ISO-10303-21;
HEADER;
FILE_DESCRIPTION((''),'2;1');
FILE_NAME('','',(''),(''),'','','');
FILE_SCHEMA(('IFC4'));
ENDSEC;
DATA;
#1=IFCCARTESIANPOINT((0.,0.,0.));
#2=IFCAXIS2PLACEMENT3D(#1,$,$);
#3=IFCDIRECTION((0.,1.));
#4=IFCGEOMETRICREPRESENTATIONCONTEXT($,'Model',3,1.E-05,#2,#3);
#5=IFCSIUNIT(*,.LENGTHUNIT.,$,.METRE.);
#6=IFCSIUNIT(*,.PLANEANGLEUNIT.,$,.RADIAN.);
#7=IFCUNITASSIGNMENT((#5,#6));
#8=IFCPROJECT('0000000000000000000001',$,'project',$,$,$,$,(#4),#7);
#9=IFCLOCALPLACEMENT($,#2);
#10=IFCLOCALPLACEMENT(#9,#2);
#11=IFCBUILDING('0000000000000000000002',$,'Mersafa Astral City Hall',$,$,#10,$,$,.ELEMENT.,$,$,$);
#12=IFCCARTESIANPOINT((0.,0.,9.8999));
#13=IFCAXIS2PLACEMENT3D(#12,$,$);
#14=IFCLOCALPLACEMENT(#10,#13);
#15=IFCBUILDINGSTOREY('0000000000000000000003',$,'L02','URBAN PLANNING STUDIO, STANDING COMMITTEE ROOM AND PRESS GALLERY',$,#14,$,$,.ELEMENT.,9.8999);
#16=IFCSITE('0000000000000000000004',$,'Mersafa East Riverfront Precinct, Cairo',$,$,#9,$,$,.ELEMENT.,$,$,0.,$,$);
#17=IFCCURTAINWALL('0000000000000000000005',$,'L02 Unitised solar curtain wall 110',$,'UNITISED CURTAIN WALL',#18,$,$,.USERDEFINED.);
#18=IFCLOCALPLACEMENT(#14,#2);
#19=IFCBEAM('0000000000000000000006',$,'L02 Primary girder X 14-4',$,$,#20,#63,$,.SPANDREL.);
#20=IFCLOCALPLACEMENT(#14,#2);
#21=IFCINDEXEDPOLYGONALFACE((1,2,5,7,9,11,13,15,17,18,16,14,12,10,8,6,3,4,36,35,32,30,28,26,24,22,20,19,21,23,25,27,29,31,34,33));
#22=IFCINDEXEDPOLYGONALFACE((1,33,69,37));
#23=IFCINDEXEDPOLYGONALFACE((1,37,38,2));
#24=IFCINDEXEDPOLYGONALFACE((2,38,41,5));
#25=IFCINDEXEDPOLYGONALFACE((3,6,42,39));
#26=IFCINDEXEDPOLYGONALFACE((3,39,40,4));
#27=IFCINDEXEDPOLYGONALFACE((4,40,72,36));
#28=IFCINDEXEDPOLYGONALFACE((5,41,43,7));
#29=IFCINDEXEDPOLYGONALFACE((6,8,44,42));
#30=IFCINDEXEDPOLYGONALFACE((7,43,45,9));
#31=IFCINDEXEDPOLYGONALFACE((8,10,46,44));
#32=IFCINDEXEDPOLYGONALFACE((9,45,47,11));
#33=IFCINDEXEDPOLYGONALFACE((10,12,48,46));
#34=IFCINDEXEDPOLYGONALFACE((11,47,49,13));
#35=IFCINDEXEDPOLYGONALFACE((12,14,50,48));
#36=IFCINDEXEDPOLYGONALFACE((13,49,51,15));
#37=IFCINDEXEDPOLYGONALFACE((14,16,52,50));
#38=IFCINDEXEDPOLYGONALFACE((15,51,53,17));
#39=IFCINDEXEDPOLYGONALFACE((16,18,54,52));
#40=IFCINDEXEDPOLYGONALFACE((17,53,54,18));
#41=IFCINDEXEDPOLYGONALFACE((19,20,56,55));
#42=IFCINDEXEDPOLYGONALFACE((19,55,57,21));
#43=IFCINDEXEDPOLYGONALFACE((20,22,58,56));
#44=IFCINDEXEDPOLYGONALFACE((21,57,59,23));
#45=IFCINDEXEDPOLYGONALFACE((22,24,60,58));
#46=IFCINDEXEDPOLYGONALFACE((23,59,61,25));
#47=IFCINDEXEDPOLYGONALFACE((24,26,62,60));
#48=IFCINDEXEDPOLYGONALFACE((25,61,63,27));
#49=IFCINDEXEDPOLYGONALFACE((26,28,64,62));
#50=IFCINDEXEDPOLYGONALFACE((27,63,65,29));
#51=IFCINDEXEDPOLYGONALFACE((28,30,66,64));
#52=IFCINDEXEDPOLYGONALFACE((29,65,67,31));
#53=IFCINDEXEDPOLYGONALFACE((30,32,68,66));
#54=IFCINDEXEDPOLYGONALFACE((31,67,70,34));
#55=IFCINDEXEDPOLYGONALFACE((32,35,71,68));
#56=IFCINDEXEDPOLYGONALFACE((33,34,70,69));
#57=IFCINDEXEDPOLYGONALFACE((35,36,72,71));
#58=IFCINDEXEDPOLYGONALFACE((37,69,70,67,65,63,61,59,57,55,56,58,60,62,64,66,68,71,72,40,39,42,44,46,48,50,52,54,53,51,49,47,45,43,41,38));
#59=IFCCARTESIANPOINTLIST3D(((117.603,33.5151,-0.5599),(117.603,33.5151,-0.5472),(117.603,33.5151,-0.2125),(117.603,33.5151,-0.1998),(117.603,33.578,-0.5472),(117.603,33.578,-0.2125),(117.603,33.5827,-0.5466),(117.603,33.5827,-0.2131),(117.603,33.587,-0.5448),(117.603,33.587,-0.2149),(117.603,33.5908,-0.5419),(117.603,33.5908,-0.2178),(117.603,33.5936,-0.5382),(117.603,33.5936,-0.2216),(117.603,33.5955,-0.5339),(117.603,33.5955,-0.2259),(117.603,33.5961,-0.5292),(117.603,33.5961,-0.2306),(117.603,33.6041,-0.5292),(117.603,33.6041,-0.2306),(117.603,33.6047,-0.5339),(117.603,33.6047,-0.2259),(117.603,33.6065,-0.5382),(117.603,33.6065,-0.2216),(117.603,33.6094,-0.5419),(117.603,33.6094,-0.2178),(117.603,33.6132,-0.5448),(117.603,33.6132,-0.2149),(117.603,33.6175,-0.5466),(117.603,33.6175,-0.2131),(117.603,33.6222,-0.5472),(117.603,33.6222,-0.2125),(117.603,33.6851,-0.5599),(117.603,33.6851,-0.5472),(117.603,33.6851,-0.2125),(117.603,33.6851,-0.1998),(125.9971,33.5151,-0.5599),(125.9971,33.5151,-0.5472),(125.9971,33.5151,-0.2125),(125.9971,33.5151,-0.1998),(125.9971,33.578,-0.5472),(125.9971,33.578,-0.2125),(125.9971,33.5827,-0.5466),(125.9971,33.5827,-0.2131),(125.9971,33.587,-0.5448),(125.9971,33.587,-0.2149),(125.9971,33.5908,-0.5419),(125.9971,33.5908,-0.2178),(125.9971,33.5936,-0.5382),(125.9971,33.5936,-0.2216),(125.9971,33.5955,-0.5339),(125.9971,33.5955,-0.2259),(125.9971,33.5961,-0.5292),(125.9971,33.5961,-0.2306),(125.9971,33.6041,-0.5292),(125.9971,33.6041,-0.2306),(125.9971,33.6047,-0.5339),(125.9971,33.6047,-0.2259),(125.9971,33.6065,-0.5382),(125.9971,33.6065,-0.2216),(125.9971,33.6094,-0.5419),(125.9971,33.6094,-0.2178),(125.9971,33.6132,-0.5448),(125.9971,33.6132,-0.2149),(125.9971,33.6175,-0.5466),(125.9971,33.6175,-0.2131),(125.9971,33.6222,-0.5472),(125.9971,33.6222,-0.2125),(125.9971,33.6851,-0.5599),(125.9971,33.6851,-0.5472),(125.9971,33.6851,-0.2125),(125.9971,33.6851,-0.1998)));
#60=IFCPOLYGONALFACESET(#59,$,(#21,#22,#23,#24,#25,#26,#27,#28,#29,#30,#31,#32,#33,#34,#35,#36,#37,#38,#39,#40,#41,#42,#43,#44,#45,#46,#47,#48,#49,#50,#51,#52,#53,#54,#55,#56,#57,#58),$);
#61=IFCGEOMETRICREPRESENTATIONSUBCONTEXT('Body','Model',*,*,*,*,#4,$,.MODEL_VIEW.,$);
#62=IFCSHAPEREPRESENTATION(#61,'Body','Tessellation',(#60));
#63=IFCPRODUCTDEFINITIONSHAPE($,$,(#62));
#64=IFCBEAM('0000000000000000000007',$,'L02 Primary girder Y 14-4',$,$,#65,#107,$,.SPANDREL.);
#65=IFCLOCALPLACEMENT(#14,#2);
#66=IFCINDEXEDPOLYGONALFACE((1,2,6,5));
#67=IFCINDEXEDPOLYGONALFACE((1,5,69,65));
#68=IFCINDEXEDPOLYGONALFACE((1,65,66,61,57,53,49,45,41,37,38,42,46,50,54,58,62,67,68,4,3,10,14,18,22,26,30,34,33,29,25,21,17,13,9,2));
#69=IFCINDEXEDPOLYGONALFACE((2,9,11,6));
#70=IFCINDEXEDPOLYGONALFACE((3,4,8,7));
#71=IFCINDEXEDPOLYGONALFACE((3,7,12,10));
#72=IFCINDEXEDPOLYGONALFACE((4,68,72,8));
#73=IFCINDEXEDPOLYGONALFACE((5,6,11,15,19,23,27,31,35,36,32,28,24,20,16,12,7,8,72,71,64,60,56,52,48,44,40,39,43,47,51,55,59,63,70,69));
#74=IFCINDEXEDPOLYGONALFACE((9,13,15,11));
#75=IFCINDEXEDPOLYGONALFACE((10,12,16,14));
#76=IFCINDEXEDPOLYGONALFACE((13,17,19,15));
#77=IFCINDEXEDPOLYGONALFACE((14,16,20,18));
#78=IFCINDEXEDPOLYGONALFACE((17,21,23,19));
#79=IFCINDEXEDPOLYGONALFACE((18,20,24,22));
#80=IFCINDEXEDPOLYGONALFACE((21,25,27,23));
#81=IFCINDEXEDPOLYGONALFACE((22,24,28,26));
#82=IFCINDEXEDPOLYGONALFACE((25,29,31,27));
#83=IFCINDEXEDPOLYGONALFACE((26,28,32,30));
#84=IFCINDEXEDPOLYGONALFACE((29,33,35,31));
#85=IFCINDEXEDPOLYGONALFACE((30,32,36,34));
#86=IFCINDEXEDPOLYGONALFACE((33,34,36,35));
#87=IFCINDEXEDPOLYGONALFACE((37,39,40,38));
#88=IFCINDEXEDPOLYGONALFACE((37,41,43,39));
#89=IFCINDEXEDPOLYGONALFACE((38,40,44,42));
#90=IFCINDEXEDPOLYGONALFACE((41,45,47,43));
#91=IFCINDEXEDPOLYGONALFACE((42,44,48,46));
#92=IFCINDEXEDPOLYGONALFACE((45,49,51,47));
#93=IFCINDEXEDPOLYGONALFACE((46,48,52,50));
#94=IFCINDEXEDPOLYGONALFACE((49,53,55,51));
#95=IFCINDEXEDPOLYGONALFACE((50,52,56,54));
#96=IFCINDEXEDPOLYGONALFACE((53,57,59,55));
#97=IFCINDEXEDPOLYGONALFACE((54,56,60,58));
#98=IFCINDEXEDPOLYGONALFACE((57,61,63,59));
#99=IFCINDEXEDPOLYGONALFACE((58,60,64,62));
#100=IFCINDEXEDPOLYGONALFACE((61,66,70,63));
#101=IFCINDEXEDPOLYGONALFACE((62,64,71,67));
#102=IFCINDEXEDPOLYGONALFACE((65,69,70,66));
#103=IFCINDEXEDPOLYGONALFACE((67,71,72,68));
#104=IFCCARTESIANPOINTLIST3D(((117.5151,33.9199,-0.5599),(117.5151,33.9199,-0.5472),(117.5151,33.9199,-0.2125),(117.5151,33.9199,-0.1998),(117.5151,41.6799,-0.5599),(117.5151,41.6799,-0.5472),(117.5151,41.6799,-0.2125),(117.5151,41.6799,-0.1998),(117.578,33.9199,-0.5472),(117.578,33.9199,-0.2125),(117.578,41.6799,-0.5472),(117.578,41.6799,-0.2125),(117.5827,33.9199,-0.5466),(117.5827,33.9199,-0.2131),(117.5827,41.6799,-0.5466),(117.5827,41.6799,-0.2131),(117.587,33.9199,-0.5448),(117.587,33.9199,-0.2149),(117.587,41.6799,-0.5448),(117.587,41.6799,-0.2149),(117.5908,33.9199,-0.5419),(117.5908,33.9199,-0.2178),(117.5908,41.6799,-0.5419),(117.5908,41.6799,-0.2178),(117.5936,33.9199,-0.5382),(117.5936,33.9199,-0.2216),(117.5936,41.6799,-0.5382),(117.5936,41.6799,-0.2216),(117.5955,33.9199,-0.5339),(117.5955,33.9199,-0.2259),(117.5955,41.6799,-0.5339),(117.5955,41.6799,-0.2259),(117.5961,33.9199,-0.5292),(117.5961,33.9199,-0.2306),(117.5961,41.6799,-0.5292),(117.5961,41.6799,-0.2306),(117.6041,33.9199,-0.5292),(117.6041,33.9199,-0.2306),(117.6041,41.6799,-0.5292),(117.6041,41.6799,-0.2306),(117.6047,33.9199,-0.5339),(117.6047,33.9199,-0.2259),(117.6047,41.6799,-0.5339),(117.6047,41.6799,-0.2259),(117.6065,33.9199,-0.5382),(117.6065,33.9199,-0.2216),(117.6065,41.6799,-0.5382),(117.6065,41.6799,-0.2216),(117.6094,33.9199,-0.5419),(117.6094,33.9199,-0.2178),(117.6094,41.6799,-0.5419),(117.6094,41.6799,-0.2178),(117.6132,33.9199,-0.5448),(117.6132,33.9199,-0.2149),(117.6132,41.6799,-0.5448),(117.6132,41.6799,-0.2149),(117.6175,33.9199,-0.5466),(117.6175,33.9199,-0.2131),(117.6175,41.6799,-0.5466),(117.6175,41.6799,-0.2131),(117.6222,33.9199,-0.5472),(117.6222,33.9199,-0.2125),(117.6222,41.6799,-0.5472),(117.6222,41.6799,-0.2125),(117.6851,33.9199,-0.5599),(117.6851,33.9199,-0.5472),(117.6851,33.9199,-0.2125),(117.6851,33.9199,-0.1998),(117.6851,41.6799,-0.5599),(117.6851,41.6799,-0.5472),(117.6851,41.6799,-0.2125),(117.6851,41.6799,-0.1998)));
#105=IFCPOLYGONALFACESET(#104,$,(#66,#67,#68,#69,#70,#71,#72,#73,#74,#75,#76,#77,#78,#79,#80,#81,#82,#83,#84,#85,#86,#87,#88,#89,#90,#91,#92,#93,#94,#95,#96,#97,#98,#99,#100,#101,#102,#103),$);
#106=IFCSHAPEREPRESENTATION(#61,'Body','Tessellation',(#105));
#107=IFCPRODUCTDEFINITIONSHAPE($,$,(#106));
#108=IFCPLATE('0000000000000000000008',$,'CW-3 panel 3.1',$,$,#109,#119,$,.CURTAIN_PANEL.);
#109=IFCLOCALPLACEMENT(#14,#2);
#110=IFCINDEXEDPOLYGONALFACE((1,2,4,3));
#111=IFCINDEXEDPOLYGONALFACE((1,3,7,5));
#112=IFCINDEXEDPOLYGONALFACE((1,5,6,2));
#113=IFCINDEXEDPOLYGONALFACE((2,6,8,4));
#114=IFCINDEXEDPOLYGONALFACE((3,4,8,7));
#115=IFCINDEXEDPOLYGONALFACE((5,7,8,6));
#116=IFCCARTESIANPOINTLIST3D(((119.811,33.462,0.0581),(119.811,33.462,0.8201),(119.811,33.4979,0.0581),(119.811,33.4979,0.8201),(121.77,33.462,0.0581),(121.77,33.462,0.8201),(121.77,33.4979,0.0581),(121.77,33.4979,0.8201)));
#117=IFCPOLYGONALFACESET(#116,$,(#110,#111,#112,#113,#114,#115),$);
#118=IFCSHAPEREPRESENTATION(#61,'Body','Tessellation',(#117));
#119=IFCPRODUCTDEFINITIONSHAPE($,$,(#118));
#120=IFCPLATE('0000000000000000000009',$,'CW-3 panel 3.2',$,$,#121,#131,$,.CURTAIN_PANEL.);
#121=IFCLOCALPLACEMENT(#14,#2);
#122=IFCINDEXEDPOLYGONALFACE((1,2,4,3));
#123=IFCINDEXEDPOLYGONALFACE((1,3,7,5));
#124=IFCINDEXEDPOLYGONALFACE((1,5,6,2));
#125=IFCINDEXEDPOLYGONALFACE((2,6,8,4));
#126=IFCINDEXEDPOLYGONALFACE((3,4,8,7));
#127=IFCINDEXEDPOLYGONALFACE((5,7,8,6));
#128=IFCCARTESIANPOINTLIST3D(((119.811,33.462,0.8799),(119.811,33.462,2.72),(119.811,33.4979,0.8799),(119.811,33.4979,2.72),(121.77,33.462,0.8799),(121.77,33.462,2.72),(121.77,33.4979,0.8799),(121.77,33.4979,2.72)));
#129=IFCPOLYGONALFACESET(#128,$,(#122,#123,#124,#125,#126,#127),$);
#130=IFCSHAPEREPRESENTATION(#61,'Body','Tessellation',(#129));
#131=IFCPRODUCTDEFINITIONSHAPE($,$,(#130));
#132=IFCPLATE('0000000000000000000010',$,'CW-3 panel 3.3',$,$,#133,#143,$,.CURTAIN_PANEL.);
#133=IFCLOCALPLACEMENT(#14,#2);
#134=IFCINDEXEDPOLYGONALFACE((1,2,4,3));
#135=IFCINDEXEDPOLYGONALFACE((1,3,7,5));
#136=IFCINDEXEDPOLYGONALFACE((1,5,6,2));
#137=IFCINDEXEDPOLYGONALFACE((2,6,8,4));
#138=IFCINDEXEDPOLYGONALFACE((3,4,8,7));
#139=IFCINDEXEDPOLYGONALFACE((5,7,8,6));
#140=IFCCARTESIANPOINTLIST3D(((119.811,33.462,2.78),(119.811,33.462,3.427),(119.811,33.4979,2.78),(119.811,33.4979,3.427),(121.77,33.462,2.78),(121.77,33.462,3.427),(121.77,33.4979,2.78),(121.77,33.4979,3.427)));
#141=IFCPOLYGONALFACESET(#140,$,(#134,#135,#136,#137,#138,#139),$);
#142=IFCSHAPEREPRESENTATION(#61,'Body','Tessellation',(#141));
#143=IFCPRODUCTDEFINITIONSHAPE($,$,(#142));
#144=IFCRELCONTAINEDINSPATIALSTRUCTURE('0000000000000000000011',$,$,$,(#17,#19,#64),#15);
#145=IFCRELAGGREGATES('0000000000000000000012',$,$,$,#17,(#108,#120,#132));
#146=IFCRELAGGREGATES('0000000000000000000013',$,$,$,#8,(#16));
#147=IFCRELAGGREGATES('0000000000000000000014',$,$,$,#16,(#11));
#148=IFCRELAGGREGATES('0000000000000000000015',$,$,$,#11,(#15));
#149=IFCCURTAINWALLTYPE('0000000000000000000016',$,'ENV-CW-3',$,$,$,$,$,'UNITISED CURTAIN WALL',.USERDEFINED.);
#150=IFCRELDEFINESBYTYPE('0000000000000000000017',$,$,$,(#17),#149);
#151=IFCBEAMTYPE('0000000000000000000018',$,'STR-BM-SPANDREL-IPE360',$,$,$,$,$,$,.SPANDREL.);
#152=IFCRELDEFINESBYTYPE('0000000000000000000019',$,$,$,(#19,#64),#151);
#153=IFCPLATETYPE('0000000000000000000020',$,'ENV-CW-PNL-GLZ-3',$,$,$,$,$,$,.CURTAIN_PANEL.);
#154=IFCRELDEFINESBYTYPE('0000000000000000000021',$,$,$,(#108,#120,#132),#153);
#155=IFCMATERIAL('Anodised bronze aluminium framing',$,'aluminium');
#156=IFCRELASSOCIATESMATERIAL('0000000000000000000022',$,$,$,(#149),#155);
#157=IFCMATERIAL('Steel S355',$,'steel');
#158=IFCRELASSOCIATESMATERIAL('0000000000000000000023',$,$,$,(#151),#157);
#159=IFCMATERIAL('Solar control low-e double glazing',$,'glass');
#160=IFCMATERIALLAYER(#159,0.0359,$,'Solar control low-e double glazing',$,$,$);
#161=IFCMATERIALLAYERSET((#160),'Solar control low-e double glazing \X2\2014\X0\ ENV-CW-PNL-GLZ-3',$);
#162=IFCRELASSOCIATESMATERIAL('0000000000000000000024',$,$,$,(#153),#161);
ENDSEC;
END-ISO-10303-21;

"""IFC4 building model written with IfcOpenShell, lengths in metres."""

from ifc_helpers import new_model, si_unit, direction, frame, origin, origin_2d, place, context, subcontext, project, spatial, rectangle, i_section, extrude, material, layer, layer_set, material_profile, profile_set, type_object, element, aggregate, save


model = new_model("IFC4")

# Units and contexts
model_context = context("Model", 3, precision=1e-05, world=origin(), true_north=direction((0.0, 1.0)))
body_context = subcontext(model_context, "Body", "Model", "MODEL_VIEW")
ifc_project = project(units=[si_unit("LENGTHUNIT", "METRE"), si_unit("PLANEANGLEUNIT", "RADIAN")], contexts=[model_context])

# Site, building, storey
site_placement = place(None, origin())
site = spatial("IfcSite", under=ifc_project, at=site_placement, Name="Mersafa East Riverfront Precinct, Cairo", CompositionType="ELEMENT", RefElevation=0.0)
building_placement = place(site_placement, origin())
building = spatial("IfcBuilding", under=site, at=building_placement, Name="Mersafa Astral City Hall", CompositionType="ELEMENT")
storey_placement = place(building_placement, frame((0.0, 0.0, 9.8999)))
storey = spatial("IfcBuildingStorey", under=building, at=storey_placement, Name="L02", Description="URBAN PLANNING STUDIO, STANDING COMMITTEE ROOM AND PRESS GALLERY", CompositionType="ELEMENT", Elevation=9.8999)

# Shared definitions
ifc_material_1 = material(Name="Steel S355", Category="steel")

# Curtain wall
ifc_material_2 = material(Name="Anodised bronze aluminium framing", Category="aluminium")
curtain_wall_type_1 = type_object("IfcCurtainWallType", Name="ENV-CW-3", ElementType="UNITISED CURTAIN WALL", PredefinedType="USERDEFINED", material=ifc_material_2)
curtain_wall_1_placement = place(storey_placement, origin())
curtain_wall_1 = element("IfcCurtainWall", 1, at=curtain_wall_1_placement, inside=storey, type_object=curtain_wall_type_1, Name="L02 Unitised solar curtain wall 110", ObjectType="UNITISED CURTAIN WALL", PredefinedType="USERDEFINED")

# Beams
ifc_material_profile_1 = material_profile(ifc_material_1, i_section(OverallWidth=0.1699, OverallDepth=0.3601, WebThickness=0.0081, FlangeThickness=0.0127, FilletRadius=0.0181, at=origin_2d()), Name="IPE 360")
ifc_profile_set_1 = profile_set([ifc_material_profile_1], Name="Steel S355")
beam_type_1 = type_object("IfcBeamType", Name="STR-BM-SPANDREL-IPE360", PredefinedType="SPANDREL", material=ifc_profile_set_1)
beam_1_placement = place(storey_placement, frame((117.603, 33.6001, -0.3799), z_axis=(1.0, 0.0, 0.0), x_axis=(0.0, 1.0, 0.0)))
element("IfcBeam", 2, at=beam_1_placement, inside=storey, type_object=beam_type_1, Name="L02 Primary girder X 14-4", PredefinedType="SPANDREL", context=body_context, shape_type="SweptSolid", body=[
    extrude(i_section(OverallWidth=0.1699, OverallDepth=0.3601, WebThickness=0.0081, FlangeThickness=0.0127, FilletRadius=0.0181, at=origin_2d()), origin(), (0.0, 0.0, 1.0), 8.394),
])
beam_2_placement = place(storey_placement, frame((117.6001, 33.9199, -0.3799), z_axis=(0.0, 1.0, 0.0), x_axis=(-1.0, 0.0, 0.0)))
element("IfcBeam", 3, at=beam_2_placement, inside=storey, type_object=beam_type_1, Name="L02 Primary girder Y 14-4", PredefinedType="SPANDREL", context=body_context, shape_type="SweptSolid", body=[
    extrude(i_section(OverallWidth=0.1699, OverallDepth=0.3601, WebThickness=0.0081, FlangeThickness=0.0127, FilletRadius=0.0181, at=origin_2d()), origin(), (0.0, 0.0, 1.0), 7.76),
])

# Plates
ifc_material_3 = material(Name="Solar control low-e double glazing", Category="glass")
ifc_layer_1 = layer(ifc_material_3, 0.0359, Name="Solar control low-e double glazing")
ifc_layer_set_1 = layer_set([ifc_layer_1], Name="Solar control low-e double glazing — ENV-CW-PNL-GLZ-3")
plate_type = type_object("IfcPlateType", Name="ENV-CW-PNL-GLZ-3", PredefinedType="CURTAIN_PANEL", material=ifc_layer_set_1)
plate_1_placement = place(storey_placement, frame((120.7905, 33.48, 0.0581), z_axis=(0.0, 0.0, 1.0), x_axis=(-1.0, 0.0, 0.0)))
plate_1 = element("IfcPlate", 4, at=plate_1_placement, type_object=plate_type, Name="CW-3 panel 3.1", PredefinedType="CURTAIN_PANEL", context=body_context, shape_type="SweptSolid", body=[
    extrude(rectangle(XDim=1.959, YDim=0.0359, at=origin_2d()), origin(), (0.0, 0.0, 1.0), 0.762),
])
plate_2_placement = place(storey_placement, frame((120.7905, 33.48, 0.8799), z_axis=(0.0, 0.0, 1.0), x_axis=(-1.0, 0.0, 0.0)))
plate_2 = element("IfcPlate", 5, at=plate_2_placement, type_object=plate_type, Name="CW-3 panel 3.2", PredefinedType="CURTAIN_PANEL", context=body_context, shape_type="SweptSolid", body=[
    extrude(rectangle(XDim=1.959, YDim=0.0359, at=origin_2d()), origin(), (0.0, 0.0, 1.0), 1.8401),
])
plate_3_placement = place(storey_placement, frame((120.7905, 33.48, 2.78), z_axis=(0.0, 0.0, 1.0), x_axis=(-1.0, 0.0, 0.0)))
plate_3 = element("IfcPlate", 6, at=plate_3_placement, type_object=plate_type, Name="CW-3 panel 3.3", PredefinedType="CURTAIN_PANEL", context=body_context, shape_type="SweptSolid", body=[
    extrude(rectangle(XDim=1.959, YDim=0.0359, at=origin_2d()), origin(), (0.0, 0.0, 1.0), 0.647),
])
aggregate(curtain_wall_1, [plate_1, plate_2, plate_3])

save(model, "model.ifc")
